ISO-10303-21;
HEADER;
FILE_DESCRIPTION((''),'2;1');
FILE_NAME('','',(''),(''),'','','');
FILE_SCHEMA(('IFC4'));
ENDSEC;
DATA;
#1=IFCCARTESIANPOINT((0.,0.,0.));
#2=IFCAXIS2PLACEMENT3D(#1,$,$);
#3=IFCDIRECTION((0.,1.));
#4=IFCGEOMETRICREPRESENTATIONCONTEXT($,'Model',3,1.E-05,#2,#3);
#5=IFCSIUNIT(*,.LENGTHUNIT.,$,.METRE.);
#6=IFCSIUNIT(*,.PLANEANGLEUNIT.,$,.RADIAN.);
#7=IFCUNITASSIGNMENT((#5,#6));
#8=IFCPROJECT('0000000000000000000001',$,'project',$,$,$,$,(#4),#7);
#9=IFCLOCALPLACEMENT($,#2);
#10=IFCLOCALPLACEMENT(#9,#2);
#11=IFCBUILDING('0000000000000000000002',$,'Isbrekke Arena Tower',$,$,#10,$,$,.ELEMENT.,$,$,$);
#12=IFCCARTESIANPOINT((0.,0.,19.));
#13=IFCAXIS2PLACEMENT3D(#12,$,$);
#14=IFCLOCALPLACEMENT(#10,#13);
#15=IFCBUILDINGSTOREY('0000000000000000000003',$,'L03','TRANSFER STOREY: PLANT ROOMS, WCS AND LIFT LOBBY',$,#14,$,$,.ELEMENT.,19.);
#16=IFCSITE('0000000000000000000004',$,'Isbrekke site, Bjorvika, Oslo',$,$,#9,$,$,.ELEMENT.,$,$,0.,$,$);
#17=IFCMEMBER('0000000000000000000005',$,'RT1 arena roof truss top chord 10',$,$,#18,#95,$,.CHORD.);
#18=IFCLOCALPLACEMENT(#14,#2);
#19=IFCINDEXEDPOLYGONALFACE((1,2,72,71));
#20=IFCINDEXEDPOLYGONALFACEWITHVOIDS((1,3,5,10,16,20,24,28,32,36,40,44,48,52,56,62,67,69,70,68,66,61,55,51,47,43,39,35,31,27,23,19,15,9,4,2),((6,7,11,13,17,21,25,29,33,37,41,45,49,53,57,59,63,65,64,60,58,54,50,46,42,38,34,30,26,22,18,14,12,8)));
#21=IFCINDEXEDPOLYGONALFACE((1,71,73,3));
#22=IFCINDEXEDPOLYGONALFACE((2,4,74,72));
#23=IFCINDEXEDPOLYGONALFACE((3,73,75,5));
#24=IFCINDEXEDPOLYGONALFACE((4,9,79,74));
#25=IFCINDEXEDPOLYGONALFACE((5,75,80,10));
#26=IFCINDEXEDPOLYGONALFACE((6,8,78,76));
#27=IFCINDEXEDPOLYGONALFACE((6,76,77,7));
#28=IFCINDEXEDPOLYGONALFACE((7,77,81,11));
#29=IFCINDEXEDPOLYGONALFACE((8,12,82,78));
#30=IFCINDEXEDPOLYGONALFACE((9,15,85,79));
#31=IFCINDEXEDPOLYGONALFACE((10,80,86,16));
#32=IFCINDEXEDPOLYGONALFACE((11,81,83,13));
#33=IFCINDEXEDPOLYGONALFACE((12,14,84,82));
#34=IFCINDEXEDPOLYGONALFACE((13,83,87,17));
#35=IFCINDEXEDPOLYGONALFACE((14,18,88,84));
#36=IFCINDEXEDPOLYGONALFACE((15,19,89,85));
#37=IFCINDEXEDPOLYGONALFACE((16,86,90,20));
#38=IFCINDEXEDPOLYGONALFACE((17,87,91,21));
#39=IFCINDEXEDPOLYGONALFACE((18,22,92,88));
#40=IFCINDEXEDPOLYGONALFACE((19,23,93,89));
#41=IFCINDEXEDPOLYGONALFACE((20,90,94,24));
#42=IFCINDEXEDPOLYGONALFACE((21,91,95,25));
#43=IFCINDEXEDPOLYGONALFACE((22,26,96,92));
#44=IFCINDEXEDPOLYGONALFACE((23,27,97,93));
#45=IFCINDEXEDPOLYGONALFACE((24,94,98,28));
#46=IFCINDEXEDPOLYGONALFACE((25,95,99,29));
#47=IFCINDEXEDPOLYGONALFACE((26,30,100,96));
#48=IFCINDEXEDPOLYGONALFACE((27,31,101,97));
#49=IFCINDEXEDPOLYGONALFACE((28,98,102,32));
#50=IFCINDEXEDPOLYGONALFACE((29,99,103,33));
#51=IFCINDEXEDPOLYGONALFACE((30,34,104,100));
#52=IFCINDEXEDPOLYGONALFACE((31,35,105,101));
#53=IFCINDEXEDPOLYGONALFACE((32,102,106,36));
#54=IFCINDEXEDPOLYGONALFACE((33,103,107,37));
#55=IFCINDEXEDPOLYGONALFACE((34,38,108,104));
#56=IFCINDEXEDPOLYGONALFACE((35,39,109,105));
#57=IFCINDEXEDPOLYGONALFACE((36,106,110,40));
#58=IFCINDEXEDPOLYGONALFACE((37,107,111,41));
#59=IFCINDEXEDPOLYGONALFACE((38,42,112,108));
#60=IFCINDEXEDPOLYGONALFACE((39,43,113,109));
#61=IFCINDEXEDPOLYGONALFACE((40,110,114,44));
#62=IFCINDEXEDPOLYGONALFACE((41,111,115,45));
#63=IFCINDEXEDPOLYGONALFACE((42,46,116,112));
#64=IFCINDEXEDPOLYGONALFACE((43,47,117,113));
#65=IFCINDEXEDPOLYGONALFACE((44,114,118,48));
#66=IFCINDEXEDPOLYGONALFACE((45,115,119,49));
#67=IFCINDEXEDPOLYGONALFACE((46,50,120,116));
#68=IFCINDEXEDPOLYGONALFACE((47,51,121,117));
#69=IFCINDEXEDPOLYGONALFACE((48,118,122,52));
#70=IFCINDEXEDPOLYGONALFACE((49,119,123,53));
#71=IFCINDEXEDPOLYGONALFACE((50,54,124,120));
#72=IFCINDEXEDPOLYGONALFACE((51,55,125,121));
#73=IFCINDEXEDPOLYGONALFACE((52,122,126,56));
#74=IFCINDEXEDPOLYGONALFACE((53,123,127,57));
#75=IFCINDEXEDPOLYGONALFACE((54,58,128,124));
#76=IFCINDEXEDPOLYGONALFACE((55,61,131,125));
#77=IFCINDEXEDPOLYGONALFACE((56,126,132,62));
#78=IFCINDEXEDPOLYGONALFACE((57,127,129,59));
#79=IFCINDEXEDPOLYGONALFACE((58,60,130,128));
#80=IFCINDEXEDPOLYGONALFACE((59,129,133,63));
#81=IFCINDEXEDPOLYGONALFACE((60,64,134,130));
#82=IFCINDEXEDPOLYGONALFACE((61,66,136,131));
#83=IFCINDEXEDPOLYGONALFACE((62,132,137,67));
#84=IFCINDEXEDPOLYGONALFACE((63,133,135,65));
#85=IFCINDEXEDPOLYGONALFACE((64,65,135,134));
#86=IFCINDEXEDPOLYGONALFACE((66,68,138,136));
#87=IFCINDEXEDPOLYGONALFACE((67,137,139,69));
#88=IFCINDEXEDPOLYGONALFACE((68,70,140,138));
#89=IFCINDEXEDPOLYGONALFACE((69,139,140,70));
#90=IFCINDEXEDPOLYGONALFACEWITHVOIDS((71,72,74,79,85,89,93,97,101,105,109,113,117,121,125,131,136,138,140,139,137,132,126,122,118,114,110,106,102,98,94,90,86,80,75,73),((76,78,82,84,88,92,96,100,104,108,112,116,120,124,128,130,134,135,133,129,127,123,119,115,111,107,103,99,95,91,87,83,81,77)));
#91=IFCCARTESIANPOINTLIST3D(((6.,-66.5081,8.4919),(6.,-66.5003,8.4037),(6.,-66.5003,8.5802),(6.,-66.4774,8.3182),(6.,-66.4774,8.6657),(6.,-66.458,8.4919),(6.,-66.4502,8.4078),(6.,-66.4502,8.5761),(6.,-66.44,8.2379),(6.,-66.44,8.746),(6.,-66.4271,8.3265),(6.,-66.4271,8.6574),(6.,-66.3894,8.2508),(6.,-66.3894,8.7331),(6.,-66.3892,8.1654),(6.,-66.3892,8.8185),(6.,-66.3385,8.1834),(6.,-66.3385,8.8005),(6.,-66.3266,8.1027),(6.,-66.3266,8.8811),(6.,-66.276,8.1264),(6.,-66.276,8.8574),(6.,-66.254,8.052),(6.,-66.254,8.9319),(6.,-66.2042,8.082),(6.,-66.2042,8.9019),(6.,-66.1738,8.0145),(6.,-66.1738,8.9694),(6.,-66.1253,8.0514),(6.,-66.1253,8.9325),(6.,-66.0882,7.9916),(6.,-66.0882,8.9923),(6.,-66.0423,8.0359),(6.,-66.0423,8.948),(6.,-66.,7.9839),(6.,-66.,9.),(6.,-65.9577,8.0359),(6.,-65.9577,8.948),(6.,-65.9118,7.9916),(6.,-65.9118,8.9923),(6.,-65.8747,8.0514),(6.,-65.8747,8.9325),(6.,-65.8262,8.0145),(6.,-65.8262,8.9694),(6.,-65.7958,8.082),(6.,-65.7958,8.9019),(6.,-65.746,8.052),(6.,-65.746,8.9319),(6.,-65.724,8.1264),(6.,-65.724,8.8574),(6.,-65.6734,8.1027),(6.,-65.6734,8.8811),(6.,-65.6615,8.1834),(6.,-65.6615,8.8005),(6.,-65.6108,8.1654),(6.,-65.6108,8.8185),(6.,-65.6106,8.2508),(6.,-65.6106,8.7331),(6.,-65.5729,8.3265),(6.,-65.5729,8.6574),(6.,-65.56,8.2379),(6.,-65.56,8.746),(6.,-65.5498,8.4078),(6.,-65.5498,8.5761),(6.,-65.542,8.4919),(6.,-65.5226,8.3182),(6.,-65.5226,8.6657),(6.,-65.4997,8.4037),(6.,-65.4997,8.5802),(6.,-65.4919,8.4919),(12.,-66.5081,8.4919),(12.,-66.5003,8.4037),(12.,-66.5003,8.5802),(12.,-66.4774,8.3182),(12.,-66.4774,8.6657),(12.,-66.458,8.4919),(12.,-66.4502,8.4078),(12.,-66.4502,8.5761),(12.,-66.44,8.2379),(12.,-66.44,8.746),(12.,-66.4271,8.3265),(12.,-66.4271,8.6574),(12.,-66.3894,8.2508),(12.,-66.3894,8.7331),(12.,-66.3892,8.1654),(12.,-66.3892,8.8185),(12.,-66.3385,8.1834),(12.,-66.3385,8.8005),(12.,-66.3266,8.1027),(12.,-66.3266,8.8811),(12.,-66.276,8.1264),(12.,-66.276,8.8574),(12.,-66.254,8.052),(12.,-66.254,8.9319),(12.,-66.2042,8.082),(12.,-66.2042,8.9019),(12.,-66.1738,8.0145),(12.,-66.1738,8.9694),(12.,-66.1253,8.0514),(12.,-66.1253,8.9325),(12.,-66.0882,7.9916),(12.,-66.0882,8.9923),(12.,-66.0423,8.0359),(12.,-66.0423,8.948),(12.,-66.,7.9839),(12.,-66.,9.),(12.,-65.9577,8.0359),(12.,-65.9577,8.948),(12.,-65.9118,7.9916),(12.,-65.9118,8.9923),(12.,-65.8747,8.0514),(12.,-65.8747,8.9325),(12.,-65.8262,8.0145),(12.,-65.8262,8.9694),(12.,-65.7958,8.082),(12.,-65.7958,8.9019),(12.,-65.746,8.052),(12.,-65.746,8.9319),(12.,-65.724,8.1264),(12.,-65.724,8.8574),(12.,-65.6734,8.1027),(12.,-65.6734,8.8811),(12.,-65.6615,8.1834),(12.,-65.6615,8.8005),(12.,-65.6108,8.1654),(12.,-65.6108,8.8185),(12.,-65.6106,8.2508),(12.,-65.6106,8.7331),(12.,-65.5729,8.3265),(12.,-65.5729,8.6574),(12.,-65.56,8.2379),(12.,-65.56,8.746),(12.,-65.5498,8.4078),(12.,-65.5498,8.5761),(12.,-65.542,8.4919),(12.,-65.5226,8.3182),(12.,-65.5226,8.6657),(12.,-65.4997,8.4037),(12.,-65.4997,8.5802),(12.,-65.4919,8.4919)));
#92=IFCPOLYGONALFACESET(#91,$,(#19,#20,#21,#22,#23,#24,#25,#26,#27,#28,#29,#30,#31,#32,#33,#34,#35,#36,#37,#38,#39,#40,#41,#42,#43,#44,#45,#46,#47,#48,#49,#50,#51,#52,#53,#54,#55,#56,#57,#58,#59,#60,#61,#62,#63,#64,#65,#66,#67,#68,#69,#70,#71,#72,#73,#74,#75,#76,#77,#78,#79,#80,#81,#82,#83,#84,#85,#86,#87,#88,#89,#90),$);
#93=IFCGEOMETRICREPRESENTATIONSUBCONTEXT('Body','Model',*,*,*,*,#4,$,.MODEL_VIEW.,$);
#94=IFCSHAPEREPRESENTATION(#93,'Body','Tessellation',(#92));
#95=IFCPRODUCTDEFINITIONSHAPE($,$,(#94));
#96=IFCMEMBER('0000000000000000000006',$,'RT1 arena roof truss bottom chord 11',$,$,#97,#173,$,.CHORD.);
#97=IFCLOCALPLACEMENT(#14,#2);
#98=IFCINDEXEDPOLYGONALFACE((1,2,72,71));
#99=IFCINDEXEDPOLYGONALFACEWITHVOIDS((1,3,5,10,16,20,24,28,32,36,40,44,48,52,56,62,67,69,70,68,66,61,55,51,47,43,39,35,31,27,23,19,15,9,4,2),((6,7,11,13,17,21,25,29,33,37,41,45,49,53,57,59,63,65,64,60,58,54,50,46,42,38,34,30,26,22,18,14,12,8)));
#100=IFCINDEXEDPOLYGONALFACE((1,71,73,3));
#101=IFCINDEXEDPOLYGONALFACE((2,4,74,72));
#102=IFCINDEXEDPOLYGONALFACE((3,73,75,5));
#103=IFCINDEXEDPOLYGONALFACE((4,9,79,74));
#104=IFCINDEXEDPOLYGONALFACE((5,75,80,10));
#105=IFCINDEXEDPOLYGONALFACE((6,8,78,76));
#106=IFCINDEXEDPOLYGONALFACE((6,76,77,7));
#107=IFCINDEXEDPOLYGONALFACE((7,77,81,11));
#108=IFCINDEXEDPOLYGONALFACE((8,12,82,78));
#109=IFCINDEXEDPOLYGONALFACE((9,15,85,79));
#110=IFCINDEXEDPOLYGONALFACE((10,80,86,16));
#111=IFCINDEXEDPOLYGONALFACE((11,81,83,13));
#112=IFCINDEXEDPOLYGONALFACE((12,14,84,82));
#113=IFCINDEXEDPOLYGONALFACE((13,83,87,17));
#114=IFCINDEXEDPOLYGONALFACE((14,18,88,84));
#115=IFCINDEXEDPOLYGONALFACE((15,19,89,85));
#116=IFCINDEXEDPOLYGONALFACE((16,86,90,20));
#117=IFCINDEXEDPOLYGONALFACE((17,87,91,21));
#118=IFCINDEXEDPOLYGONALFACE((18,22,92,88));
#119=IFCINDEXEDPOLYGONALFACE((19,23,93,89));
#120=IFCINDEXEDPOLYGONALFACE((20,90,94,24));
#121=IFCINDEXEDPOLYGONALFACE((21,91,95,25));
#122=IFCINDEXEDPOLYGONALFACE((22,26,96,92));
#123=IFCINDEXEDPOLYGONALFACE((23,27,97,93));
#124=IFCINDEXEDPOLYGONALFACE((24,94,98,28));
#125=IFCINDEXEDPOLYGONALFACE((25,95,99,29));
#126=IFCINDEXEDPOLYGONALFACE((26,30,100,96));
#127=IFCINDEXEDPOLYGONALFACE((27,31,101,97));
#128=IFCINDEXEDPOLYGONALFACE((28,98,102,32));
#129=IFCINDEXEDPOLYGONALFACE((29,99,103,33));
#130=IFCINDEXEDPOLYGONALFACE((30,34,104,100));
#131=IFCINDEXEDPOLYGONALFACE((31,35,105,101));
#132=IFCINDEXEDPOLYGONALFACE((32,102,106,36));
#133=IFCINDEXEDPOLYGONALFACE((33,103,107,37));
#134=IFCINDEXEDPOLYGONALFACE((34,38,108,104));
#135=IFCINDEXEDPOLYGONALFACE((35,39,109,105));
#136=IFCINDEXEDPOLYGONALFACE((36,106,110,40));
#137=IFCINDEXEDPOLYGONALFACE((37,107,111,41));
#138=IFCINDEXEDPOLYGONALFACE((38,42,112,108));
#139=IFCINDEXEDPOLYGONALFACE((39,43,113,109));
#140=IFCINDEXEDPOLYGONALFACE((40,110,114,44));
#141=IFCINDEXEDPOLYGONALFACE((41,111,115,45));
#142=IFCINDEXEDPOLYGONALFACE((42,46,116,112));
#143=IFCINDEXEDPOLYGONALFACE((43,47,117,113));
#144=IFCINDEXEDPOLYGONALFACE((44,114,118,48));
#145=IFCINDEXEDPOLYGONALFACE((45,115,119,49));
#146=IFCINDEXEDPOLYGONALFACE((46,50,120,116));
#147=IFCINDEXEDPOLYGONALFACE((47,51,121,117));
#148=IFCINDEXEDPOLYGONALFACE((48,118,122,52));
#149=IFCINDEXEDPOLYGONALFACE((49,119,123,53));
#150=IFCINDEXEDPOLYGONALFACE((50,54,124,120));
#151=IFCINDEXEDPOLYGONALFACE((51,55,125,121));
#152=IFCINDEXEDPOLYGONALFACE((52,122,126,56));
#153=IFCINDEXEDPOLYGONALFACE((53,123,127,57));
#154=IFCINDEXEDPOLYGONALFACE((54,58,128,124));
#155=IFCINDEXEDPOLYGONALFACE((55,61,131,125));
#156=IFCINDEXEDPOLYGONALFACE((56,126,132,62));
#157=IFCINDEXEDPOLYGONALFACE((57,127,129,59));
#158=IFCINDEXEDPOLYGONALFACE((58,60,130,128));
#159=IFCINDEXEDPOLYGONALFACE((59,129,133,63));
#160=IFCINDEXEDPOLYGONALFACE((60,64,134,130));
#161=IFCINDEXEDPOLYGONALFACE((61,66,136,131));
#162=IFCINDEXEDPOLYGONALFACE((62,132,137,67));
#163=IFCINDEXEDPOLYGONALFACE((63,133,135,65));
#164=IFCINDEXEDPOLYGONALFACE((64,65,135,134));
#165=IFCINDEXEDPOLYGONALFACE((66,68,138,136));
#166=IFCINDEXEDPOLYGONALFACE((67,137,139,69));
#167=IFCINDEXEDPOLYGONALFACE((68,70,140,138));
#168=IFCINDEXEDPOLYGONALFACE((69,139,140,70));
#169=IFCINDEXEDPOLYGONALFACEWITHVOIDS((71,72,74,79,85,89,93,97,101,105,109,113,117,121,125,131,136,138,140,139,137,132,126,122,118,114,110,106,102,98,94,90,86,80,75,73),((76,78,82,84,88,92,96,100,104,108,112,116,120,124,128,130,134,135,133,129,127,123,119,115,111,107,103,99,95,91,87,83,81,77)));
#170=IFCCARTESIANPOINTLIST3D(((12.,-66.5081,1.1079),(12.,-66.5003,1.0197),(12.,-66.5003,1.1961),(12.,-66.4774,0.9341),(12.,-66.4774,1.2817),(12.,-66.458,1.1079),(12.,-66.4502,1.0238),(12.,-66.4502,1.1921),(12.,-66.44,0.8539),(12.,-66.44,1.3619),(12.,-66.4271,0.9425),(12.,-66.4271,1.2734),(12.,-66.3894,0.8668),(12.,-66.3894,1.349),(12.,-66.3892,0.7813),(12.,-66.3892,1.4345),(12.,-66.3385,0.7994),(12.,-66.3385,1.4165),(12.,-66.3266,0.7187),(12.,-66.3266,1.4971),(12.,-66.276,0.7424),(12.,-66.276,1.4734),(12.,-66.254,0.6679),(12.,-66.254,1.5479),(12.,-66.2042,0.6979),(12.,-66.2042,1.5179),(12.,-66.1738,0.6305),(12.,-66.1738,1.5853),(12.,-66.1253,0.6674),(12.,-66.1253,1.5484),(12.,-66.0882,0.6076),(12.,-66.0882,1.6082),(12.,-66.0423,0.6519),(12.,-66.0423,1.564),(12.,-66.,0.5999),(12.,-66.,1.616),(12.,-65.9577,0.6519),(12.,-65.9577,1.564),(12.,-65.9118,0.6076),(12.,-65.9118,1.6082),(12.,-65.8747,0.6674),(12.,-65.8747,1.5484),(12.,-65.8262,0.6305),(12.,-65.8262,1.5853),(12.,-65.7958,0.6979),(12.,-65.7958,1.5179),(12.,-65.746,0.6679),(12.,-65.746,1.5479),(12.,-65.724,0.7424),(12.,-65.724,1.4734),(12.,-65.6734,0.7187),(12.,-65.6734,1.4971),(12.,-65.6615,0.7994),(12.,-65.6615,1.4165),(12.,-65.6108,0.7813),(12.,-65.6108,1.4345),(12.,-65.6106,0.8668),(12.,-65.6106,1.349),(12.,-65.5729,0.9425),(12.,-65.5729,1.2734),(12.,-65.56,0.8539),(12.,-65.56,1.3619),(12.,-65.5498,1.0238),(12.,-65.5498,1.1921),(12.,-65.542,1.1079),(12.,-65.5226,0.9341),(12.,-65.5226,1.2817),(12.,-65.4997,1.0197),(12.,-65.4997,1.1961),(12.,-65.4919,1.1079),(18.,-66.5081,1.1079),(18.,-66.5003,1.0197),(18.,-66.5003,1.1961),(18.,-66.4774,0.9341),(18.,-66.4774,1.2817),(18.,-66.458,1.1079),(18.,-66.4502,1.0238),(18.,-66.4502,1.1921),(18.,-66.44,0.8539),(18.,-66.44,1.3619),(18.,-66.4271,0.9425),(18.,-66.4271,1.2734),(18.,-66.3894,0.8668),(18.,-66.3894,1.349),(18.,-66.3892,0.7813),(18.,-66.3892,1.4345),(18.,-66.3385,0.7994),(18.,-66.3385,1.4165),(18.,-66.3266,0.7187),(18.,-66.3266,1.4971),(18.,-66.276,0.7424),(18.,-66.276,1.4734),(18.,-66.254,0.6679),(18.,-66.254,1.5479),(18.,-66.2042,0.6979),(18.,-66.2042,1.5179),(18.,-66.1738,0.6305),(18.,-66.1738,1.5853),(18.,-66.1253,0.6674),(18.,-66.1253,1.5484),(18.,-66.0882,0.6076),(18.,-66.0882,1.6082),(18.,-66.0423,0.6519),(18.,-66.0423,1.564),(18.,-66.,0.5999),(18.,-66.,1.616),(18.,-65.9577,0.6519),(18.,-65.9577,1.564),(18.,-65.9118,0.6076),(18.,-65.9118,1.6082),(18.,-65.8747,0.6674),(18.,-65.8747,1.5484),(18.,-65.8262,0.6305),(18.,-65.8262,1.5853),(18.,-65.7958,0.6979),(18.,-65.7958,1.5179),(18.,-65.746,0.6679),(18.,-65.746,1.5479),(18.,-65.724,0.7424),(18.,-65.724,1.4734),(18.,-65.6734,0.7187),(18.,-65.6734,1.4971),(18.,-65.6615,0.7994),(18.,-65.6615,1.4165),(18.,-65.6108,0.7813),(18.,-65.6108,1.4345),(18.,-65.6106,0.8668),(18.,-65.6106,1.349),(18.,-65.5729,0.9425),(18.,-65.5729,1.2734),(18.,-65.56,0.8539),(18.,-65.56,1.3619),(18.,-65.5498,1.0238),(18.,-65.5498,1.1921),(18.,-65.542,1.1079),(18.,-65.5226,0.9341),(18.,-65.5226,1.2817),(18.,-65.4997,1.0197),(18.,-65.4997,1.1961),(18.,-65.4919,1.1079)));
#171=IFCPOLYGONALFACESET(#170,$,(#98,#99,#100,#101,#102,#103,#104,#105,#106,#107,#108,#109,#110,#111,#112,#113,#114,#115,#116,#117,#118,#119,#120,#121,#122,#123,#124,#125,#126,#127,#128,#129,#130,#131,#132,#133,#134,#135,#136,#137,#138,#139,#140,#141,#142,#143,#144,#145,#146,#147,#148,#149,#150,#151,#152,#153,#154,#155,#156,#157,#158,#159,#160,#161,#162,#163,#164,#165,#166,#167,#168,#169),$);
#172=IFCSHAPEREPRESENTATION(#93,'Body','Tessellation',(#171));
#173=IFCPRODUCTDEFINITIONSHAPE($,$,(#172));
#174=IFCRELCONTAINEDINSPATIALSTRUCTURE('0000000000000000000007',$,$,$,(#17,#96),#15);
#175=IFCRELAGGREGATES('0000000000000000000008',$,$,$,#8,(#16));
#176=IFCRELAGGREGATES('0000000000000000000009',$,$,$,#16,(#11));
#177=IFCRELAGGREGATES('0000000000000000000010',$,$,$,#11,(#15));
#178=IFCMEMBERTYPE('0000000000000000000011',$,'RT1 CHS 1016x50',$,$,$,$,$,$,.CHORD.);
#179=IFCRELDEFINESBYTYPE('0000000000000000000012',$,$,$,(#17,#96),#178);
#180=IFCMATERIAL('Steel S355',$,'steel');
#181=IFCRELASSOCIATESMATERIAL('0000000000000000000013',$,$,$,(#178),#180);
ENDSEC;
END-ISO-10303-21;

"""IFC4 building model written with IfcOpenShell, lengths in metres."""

from ifc_helpers import new_model, si_unit, direction, frame, origin, origin_2d, place, context, subcontext, project, spatial, hollow_circle, extrude, material, material_profile, profile_set, type_object, element, save


model = new_model("IFC4")

# Units and contexts
model_context = context("Model", 3, precision=1e-05, world=origin(), true_north=direction((0.0, 1.0)))
body_context = subcontext(model_context, "Body", "Model", "MODEL_VIEW")
ifc_project = project(units=[si_unit("LENGTHUNIT", "METRE"), si_unit("PLANEANGLEUNIT", "RADIAN")], contexts=[model_context])

# Site, building, storey
site_placement = place(None, origin())
site = spatial("IfcSite", under=ifc_project, at=site_placement, Name="Isbrekke site, Bjorvika, Oslo", CompositionType="ELEMENT", RefElevation=0.0)
building_placement = place(site_placement, origin())
building = spatial("IfcBuilding", under=site, at=building_placement, Name="Isbrekke Arena Tower", CompositionType="ELEMENT")
storey_placement = place(building_placement, frame((0.0, 0.0, 19.0)))
storey = spatial("IfcBuildingStorey", under=building, at=storey_placement, Name="L03", Description="TRANSFER STOREY: PLANT ROOMS, WCS AND LIFT LOBBY", CompositionType="ELEMENT", Elevation=19.0)

# Members
ifc_material_1 = material(Name="Steel S355", Category="steel")
ifc_material_profile_1 = material_profile(ifc_material_1, hollow_circle(Radius=0.5081, WallThickness=0.05, at=origin_2d()), Name="CHS 1016x50")
ifc_profile_set_1 = profile_set([ifc_material_profile_1], Name="Steel S355")
member_type_1 = type_object("IfcMemberType", Name="RT1 CHS 1016x50", PredefinedType="CHORD", material=ifc_profile_set_1)
for number, where, z_axis, x_axis, name in (
    (1, (6.0, -66.0, 8.4919), (1.0, 0.0, 0.0), (0.0, 1.0, 0.0), "RT1 arena roof truss top chord 10"),
    (2, (12.0, -66.0, 1.1079), (1.0, 0.0, 0.0), (0.0, 1.0, 0.0), "RT1 arena roof truss bottom chord 11"),
):
    element("IfcMember", number, at=place(storey_placement, frame(where, z_axis=z_axis, x_axis=x_axis)), inside=storey, type_object=member_type_1, Name=name, PredefinedType="CHORD", context=body_context, shape_type="SweptSolid", body=[
        extrude(hollow_circle(Radius=0.5081, WallThickness=0.05, at=origin_2d()), origin(), (0.0, 0.0, 1.0), 6.0),
    ])

save(model, "model.ifc")
